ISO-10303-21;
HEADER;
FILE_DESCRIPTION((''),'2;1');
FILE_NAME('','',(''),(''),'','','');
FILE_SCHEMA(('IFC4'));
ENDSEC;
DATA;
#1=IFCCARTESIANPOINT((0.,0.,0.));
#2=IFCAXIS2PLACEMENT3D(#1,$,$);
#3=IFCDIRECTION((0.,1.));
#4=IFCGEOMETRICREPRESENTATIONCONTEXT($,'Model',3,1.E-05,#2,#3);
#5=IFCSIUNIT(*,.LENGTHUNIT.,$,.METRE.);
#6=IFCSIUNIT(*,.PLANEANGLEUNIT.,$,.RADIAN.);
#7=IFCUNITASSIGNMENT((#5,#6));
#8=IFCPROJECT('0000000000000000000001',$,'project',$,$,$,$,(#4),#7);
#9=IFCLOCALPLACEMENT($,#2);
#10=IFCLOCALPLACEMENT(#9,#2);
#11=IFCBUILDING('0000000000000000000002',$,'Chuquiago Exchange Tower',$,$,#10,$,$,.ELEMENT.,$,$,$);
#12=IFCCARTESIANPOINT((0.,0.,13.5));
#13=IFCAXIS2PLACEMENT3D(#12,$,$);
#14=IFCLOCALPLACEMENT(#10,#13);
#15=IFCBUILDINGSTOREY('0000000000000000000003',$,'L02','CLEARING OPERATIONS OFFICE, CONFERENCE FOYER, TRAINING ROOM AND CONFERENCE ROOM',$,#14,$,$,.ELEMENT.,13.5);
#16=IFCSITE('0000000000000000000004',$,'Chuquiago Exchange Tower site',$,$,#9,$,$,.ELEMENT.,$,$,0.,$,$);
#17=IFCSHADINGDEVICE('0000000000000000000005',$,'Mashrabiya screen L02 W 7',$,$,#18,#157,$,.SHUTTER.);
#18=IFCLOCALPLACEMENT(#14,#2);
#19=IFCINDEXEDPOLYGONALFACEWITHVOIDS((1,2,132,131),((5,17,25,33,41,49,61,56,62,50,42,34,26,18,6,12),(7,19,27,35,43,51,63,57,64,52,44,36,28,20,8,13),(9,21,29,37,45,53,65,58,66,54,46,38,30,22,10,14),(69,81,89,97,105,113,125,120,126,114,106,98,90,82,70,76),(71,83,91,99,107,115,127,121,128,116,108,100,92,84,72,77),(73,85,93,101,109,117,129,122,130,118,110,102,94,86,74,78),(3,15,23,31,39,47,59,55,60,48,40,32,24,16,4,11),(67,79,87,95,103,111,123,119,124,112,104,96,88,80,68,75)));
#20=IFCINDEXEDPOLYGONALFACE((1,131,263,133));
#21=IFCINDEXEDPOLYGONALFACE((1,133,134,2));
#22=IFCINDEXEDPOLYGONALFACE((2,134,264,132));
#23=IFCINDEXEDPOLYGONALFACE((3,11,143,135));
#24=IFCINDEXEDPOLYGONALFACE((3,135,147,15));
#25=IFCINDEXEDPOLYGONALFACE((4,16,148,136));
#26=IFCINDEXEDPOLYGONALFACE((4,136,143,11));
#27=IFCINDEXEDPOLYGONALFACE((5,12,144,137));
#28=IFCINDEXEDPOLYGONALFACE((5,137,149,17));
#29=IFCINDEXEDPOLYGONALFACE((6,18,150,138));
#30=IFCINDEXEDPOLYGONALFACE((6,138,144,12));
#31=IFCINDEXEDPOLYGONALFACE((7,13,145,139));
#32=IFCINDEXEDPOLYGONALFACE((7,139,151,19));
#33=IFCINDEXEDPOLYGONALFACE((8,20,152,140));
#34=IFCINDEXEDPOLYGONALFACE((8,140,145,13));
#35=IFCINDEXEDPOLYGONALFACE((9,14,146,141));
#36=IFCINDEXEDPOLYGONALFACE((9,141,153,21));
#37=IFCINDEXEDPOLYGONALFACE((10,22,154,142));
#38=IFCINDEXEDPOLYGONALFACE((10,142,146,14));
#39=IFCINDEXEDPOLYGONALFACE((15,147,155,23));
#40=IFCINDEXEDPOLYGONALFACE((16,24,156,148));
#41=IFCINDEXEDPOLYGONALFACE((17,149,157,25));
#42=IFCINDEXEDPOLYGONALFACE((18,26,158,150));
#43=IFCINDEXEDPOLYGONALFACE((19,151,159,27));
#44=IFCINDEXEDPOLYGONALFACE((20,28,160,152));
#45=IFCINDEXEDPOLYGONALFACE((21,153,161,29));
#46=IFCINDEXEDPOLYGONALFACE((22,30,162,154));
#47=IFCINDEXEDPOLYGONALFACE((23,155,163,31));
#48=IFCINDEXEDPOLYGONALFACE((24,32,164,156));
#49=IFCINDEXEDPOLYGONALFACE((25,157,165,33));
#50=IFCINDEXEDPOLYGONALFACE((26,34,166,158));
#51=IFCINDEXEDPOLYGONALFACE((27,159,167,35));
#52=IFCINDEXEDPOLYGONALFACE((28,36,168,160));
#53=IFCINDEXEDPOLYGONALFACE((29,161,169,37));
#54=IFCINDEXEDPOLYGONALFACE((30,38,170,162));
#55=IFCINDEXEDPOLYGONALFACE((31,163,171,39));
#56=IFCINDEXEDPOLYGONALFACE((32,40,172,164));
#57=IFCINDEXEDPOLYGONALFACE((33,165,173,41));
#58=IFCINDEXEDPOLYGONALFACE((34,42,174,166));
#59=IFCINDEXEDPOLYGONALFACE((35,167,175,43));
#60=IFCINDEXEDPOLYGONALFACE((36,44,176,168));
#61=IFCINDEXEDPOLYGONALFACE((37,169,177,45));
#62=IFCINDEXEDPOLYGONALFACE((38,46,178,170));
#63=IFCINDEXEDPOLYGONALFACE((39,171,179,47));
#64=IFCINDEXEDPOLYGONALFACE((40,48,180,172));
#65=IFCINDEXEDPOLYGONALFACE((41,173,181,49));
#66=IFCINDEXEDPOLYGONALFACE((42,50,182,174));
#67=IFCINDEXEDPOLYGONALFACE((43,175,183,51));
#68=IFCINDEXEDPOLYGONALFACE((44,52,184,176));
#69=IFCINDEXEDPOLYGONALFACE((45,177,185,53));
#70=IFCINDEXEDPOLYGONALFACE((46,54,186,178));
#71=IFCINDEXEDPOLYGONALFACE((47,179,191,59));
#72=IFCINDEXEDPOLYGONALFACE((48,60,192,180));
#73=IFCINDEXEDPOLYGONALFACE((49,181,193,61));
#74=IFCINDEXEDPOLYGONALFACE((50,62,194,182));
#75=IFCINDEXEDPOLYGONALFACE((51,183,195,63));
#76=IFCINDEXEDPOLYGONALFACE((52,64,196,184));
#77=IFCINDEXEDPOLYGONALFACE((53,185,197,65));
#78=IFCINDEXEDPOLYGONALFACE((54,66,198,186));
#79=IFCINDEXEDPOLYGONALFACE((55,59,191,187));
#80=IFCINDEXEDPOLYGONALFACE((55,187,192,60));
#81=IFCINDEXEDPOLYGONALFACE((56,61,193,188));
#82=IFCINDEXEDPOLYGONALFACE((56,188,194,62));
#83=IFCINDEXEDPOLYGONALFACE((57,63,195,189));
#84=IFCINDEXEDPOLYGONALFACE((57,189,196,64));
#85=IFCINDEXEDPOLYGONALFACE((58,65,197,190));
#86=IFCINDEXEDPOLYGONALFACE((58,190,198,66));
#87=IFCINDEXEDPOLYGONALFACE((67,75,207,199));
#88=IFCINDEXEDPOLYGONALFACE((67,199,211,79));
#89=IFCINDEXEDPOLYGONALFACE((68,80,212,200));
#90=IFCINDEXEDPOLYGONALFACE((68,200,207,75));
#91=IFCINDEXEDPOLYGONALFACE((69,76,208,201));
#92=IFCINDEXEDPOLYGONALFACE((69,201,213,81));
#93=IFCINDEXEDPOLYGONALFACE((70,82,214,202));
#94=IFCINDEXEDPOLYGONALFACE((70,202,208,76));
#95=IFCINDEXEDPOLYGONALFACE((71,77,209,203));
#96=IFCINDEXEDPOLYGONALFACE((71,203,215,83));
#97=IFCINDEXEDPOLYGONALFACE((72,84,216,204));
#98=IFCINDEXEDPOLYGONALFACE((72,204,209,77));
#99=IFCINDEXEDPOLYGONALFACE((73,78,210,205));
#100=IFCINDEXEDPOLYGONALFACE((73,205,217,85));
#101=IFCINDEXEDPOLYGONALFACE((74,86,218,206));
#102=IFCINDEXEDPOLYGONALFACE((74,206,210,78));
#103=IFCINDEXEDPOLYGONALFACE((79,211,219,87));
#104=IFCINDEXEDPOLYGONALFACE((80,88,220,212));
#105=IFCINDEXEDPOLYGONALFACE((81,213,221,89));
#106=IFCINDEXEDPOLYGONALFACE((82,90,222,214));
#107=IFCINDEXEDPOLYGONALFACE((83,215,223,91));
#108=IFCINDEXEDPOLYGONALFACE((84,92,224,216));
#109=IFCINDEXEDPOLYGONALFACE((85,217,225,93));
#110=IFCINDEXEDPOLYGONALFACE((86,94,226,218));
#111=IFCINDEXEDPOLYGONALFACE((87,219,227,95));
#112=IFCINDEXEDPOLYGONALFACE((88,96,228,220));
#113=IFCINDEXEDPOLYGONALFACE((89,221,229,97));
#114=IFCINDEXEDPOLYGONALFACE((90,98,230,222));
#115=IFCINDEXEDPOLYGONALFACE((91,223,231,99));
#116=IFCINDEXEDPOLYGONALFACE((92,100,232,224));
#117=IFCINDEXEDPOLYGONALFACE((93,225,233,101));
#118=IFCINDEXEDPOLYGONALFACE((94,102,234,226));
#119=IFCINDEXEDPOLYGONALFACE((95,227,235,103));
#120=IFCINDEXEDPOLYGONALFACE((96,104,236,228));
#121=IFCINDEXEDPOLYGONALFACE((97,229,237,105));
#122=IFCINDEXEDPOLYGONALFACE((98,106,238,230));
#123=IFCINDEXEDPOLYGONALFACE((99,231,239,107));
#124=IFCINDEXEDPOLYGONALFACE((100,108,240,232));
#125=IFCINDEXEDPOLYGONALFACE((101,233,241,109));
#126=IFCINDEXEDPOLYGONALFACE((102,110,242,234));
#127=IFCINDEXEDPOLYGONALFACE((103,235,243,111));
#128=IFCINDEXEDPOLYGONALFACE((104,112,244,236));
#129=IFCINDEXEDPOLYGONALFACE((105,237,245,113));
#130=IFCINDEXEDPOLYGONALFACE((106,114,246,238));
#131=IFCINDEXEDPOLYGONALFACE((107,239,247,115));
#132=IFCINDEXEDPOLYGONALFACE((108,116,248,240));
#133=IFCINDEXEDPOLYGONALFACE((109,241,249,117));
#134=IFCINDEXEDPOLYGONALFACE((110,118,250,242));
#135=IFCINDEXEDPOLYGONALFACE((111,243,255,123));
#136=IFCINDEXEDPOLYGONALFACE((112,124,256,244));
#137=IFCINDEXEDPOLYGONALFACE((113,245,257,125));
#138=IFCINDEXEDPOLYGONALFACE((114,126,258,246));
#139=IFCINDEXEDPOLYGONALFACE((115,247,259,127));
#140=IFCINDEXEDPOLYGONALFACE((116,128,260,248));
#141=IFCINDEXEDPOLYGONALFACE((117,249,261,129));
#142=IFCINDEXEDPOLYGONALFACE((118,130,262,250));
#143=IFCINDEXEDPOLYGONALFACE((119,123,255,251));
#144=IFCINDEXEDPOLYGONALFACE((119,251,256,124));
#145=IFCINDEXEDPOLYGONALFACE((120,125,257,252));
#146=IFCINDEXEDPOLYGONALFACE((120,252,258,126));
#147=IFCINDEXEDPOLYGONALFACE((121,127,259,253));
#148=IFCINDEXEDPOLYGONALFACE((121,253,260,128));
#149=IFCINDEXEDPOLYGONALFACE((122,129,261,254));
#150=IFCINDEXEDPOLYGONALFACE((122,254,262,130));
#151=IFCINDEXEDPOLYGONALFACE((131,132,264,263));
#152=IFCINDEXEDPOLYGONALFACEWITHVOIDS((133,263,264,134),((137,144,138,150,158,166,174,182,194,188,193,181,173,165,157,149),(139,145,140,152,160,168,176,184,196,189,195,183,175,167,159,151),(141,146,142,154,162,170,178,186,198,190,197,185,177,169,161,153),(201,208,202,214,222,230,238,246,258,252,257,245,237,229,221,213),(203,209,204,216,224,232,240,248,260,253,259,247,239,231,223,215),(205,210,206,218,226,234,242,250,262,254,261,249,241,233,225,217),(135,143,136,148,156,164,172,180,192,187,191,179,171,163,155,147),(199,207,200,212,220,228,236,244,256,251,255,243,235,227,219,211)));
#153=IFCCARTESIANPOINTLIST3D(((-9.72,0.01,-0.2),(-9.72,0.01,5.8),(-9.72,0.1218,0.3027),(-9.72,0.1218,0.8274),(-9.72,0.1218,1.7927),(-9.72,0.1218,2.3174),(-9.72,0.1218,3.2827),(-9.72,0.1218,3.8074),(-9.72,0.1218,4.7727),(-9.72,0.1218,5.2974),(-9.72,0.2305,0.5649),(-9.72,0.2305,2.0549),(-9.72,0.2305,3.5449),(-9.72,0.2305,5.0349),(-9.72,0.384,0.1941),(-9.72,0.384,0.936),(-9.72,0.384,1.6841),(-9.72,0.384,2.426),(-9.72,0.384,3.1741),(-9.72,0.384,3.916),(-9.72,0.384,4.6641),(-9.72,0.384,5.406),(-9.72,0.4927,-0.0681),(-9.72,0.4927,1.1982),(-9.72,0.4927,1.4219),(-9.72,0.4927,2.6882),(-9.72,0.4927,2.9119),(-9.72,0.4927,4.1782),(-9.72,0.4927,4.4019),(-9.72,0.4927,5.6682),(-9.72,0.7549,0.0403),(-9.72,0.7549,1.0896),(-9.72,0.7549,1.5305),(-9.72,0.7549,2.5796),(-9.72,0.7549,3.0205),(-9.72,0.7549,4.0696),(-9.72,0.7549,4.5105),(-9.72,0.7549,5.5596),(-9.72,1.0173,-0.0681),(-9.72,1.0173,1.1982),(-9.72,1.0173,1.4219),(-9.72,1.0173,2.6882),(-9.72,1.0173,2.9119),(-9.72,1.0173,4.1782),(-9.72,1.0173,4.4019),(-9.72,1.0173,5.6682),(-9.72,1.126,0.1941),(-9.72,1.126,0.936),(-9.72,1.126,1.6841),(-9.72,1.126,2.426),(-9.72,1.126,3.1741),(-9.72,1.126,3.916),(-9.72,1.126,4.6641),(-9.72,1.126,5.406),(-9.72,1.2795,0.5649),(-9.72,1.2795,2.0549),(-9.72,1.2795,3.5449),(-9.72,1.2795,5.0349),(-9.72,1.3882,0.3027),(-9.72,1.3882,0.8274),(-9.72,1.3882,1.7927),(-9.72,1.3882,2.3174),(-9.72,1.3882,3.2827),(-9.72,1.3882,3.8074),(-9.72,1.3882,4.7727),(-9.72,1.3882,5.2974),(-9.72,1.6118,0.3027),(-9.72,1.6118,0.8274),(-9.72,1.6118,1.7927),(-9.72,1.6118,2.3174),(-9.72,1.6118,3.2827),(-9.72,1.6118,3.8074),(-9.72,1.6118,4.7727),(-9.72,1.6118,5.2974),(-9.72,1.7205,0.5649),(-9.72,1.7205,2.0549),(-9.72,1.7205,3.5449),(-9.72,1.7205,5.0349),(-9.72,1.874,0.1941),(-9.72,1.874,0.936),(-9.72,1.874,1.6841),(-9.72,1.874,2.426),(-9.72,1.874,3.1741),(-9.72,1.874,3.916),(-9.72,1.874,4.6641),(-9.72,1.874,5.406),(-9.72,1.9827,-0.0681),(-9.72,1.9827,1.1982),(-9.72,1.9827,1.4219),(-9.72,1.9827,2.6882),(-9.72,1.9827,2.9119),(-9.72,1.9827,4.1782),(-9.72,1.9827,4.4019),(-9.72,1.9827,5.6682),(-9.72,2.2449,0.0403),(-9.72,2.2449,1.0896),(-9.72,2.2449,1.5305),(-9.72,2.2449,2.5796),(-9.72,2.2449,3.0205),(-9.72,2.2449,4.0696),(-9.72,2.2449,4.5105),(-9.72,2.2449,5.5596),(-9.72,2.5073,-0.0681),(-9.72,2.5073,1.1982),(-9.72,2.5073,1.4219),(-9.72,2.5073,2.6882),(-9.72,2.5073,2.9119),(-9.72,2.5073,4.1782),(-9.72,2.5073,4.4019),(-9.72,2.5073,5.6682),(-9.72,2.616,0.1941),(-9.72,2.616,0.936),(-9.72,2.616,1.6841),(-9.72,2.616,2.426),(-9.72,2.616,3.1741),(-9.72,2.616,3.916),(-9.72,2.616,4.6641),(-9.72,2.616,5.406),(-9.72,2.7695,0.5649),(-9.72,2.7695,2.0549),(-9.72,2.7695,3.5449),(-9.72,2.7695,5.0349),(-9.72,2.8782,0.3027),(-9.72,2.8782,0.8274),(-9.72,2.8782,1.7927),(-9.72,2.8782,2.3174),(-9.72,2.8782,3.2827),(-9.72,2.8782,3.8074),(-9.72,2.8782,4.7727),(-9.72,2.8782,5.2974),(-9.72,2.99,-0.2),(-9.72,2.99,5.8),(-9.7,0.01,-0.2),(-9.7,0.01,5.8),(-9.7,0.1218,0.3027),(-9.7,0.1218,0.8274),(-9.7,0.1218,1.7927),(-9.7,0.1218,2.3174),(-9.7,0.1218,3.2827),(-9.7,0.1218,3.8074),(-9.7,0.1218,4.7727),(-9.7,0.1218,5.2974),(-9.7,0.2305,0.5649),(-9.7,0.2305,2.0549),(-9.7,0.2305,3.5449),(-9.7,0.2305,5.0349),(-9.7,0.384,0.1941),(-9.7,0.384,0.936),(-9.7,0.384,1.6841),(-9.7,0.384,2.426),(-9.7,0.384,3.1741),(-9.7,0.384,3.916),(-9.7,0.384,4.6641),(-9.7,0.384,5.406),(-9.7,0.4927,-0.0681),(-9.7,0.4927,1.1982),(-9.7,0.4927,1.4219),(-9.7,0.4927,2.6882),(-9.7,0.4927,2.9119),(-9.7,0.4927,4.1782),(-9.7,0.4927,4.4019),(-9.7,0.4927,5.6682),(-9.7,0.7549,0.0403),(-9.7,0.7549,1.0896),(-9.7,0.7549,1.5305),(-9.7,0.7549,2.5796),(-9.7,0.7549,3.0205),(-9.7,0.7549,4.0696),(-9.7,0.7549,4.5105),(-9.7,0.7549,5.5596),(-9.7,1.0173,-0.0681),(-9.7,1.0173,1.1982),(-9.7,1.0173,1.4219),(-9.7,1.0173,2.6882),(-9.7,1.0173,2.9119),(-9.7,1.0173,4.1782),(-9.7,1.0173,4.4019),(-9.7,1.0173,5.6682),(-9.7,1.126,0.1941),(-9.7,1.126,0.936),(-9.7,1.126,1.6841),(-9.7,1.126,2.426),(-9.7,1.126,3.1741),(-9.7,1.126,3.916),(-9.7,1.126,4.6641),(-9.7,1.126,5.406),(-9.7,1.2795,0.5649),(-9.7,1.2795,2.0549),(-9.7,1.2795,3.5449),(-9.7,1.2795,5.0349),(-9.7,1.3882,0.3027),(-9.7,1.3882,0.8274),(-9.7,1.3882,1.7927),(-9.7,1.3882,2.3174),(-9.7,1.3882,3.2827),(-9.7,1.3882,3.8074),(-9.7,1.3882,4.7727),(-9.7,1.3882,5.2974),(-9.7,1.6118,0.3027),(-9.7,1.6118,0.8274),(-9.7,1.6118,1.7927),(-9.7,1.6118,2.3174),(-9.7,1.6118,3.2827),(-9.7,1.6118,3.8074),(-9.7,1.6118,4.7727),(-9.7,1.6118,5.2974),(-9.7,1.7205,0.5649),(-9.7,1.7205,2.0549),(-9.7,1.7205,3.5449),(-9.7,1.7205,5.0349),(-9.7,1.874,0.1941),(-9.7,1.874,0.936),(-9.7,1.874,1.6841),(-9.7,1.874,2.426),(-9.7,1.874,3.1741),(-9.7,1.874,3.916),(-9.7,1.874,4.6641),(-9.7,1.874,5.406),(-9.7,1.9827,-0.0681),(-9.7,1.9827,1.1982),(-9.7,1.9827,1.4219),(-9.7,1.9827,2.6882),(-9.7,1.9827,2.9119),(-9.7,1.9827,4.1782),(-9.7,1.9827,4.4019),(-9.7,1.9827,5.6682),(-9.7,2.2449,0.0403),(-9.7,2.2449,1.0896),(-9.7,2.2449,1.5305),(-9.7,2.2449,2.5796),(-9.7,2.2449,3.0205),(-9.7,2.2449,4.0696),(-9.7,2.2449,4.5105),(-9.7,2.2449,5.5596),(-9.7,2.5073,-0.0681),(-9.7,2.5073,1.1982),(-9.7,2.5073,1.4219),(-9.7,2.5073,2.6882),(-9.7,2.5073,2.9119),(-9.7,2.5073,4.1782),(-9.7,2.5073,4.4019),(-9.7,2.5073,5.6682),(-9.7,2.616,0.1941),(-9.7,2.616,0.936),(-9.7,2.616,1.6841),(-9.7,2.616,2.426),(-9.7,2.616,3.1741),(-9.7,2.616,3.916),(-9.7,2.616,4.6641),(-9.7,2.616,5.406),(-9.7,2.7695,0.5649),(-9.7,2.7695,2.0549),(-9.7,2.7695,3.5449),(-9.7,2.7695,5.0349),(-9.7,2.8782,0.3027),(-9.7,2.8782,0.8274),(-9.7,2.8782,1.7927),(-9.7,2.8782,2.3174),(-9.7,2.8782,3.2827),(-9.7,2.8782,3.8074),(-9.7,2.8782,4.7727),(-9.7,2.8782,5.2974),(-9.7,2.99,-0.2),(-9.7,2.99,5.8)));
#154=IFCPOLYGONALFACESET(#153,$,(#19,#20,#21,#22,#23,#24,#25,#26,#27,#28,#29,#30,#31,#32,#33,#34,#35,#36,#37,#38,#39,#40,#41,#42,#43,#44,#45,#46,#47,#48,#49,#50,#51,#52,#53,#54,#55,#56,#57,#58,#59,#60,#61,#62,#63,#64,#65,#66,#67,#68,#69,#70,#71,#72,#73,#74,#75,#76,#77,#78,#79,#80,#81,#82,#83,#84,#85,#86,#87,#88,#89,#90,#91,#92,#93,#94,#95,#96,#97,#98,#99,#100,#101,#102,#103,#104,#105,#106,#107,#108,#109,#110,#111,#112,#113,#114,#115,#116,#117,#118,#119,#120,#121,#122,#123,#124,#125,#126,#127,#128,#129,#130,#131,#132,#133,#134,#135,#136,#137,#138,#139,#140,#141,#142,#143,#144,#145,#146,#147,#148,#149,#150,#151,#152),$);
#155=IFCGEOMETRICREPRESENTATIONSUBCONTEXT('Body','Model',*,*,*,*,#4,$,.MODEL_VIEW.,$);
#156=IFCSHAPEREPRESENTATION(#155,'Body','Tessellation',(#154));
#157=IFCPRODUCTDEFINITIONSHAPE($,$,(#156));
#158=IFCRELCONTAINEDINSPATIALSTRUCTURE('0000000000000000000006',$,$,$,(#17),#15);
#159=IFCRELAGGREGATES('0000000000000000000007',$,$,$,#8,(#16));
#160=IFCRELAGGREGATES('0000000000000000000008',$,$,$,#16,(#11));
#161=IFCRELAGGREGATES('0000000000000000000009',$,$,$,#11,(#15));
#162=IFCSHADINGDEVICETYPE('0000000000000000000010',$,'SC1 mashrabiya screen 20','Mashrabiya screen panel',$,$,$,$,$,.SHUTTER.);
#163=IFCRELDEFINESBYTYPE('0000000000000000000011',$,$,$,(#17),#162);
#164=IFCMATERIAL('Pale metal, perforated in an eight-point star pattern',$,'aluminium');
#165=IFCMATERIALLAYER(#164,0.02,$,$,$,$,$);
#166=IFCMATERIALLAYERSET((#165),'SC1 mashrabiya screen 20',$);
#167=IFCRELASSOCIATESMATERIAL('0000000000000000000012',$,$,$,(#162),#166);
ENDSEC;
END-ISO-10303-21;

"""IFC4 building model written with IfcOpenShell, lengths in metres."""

from ifc_helpers import new_model, si_unit, direction, frame, origin, place, context, subcontext, project, spatial, polyline, outline, extrude, material, layer, layer_set, type_object, element, save


model = new_model("IFC4")

# Units and contexts
model_context = context("Model", 3, precision=1e-05, world=origin(), true_north=direction((0.0, 1.0)))
body_context = subcontext(model_context, "Body", "Model", "MODEL_VIEW")
ifc_project = project(units=[si_unit("LENGTHUNIT", "METRE"), si_unit("PLANEANGLEUNIT", "RADIAN")], contexts=[model_context])

# Site, building, storey
site_placement = place(None, origin())
site = spatial("IfcSite", under=ifc_project, at=site_placement, Name="Chuquiago Exchange Tower site", CompositionType="ELEMENT", RefElevation=0.0)
building_placement = place(site_placement, origin())
building = spatial("IfcBuilding", under=site, at=building_placement, Name="Chuquiago Exchange Tower", CompositionType="ELEMENT")
storey_placement = place(building_placement, frame((0.0, 0.0, 13.5)))
storey = spatial("IfcBuildingStorey", under=building, at=storey_placement, Name="L02", Description="CLEARING OPERATIONS OFFICE, CONFERENCE FOYER, TRAINING ROOM AND CONFERENCE ROOM", CompositionType="ELEMENT", Elevation=13.5)

# Shading device
ifc_material_1 = material(Name="Pale metal, perforated in an eight-point star pattern", Category="aluminium")
ifc_layer_1 = layer(ifc_material_1, 0.02)
ifc_layer_set_1 = layer_set([ifc_layer_1], Name="SC1 mashrabiya screen 20")
shading_device_type = type_object("IfcShadingDeviceType", Name="SC1 mashrabiya screen 20", Description="Mashrabiya screen panel", PredefinedType="SHUTTER", material=ifc_layer_set_1)
shading_device_1_placement = place(storey_placement, frame((-9.7, 2.99, -0.2), z_axis=(0.0, 0.0, 1.0), x_axis=(0.0, -1.0, 0.0)))
element("IfcShadingDevice", 1, at=shading_device_1_placement, inside=storey, type_object=shading_device_type, Name="Mashrabiya screen L02 W 7", PredefinedType="SHUTTER", context=body_context, shape_type="SweptSolid", body=[
    extrude(outline(polyline([(0.0, 0.0), (2.98, 0.0), (2.98, 6.0), (0.0, 6.0), (0.0, 0.0)]), holes=[polyline([(1.2695, 0.7649), (1.3782, 1.0273), (1.116, 1.136), (1.0073, 1.3982), (0.7451, 1.2896), (0.4827, 1.3982), (0.374, 1.136), (0.1118, 1.0273), (0.2205, 0.7649), (0.1118, 0.5027), (0.374, 0.394), (0.4827, 0.1318), (0.7451, 0.2402), (1.0073, 0.1318), (1.116, 0.394), (1.3782, 0.5027), (1.2695, 0.7649)]), polyline([(2.7595, 0.7649), (2.8682, 1.0273), (2.606, 1.136), (2.4973, 1.3982), (2.2351, 1.2896), (1.9727, 1.3982), (1.864, 1.136), (1.6018, 1.0273), (1.7104, 0.7649), (1.6018, 0.5027), (1.864, 0.394), (1.9727, 0.1318), (2.2351, 0.2402), (2.4973, 0.1318), (2.606, 0.394), (2.8682, 0.5027), (2.7595, 0.7649)]), polyline([(1.2695, 2.2549), (1.3782, 2.5173), (1.116, 2.626), (1.0073, 2.8882), (0.7451, 2.7795), (0.4827, 2.8882), (0.374, 2.626), (0.1118, 2.5173), (0.2205, 2.2549), (0.1118, 1.9927), (0.374, 1.884), (0.4827, 1.6218), (0.7451, 1.7305), (1.0073, 1.6218), (1.116, 1.884), (1.3782, 1.9927), (1.2695, 2.2549)]), polyline([(2.7595, 2.2549), (2.8682, 2.5173), (2.606, 2.626), (2.4973, 2.8882), (2.2351, 2.7795), (1.9727, 2.8882), (1.864, 2.626), (1.6018, 2.5173), (1.7104, 2.2549), (1.6018, 1.9927), (1.864, 1.884), (1.9727, 1.6218), (2.2351, 1.7305), (2.4973, 1.6218), (2.606, 1.884), (2.8682, 1.9927), (2.7595, 2.2549)]), polyline([(1.2695, 3.7449), (1.3782, 4.0073), (1.116, 4.116), (1.0073, 4.3782), (0.7451, 4.2695), (0.4827, 4.3782), (0.374, 4.116), (0.1118, 4.0073), (0.2205, 3.7449), (0.1118, 3.4827), (0.374, 3.374), (0.4827, 3.1118), (0.7451, 3.2205), (1.0073, 3.1118), (1.116, 3.374), (1.3782, 3.4827), (1.2695, 3.7449)]), polyline([(2.7595, 3.7449), (2.8682, 4.0073), (2.606, 4.116), (2.4973, 4.3782), (2.2351, 4.2695), (1.9727, 4.3782), (1.864, 4.116), (1.6018, 4.0073), (1.7104, 3.7449), (1.6018, 3.4827), (1.864, 3.374), (1.9727, 3.1118), (2.2351, 3.2205), (2.4973, 3.1118), (2.606, 3.374), (2.8682, 3.4827), (2.7595, 3.7449)]), polyline([(1.2695, 5.2349), (1.3782, 5.4973), (1.116, 5.606), (1.0073, 5.8682), (0.7451, 5.7595), (0.4827, 5.8682), (0.374, 5.606), (0.1118, 5.4973), (0.2205, 5.2349), (0.1118, 4.9727), (0.374, 4.864), (0.4827, 4.6018), (0.7451, 4.7104), (1.0073, 4.6018), (1.116, 4.864), (1.3782, 4.9727), (1.2695, 5.2349)]), polyline([(2.7595, 5.2349), (2.8682, 5.4973), (2.606, 5.606), (2.4973, 5.8682), (2.2351, 5.7595), (1.9727, 5.8682), (1.864, 5.606), (1.6018, 5.4973), (1.7104, 5.2349), (1.6018, 4.9727), (1.864, 4.864), (1.9727, 4.6018), (2.2351, 4.7104), (2.4973, 4.6018), (2.606, 4.864), (2.8682, 4.9727), (2.7595, 5.2349)])]), frame((0.0, 0.0, 0.0), z_axis=(0.0, -1.0, 0.0), x_axis=(1.0, 0.0, 0.0)), (0.0, 0.0, 1.0), 0.02),
])

save(model, "model.ifc")
